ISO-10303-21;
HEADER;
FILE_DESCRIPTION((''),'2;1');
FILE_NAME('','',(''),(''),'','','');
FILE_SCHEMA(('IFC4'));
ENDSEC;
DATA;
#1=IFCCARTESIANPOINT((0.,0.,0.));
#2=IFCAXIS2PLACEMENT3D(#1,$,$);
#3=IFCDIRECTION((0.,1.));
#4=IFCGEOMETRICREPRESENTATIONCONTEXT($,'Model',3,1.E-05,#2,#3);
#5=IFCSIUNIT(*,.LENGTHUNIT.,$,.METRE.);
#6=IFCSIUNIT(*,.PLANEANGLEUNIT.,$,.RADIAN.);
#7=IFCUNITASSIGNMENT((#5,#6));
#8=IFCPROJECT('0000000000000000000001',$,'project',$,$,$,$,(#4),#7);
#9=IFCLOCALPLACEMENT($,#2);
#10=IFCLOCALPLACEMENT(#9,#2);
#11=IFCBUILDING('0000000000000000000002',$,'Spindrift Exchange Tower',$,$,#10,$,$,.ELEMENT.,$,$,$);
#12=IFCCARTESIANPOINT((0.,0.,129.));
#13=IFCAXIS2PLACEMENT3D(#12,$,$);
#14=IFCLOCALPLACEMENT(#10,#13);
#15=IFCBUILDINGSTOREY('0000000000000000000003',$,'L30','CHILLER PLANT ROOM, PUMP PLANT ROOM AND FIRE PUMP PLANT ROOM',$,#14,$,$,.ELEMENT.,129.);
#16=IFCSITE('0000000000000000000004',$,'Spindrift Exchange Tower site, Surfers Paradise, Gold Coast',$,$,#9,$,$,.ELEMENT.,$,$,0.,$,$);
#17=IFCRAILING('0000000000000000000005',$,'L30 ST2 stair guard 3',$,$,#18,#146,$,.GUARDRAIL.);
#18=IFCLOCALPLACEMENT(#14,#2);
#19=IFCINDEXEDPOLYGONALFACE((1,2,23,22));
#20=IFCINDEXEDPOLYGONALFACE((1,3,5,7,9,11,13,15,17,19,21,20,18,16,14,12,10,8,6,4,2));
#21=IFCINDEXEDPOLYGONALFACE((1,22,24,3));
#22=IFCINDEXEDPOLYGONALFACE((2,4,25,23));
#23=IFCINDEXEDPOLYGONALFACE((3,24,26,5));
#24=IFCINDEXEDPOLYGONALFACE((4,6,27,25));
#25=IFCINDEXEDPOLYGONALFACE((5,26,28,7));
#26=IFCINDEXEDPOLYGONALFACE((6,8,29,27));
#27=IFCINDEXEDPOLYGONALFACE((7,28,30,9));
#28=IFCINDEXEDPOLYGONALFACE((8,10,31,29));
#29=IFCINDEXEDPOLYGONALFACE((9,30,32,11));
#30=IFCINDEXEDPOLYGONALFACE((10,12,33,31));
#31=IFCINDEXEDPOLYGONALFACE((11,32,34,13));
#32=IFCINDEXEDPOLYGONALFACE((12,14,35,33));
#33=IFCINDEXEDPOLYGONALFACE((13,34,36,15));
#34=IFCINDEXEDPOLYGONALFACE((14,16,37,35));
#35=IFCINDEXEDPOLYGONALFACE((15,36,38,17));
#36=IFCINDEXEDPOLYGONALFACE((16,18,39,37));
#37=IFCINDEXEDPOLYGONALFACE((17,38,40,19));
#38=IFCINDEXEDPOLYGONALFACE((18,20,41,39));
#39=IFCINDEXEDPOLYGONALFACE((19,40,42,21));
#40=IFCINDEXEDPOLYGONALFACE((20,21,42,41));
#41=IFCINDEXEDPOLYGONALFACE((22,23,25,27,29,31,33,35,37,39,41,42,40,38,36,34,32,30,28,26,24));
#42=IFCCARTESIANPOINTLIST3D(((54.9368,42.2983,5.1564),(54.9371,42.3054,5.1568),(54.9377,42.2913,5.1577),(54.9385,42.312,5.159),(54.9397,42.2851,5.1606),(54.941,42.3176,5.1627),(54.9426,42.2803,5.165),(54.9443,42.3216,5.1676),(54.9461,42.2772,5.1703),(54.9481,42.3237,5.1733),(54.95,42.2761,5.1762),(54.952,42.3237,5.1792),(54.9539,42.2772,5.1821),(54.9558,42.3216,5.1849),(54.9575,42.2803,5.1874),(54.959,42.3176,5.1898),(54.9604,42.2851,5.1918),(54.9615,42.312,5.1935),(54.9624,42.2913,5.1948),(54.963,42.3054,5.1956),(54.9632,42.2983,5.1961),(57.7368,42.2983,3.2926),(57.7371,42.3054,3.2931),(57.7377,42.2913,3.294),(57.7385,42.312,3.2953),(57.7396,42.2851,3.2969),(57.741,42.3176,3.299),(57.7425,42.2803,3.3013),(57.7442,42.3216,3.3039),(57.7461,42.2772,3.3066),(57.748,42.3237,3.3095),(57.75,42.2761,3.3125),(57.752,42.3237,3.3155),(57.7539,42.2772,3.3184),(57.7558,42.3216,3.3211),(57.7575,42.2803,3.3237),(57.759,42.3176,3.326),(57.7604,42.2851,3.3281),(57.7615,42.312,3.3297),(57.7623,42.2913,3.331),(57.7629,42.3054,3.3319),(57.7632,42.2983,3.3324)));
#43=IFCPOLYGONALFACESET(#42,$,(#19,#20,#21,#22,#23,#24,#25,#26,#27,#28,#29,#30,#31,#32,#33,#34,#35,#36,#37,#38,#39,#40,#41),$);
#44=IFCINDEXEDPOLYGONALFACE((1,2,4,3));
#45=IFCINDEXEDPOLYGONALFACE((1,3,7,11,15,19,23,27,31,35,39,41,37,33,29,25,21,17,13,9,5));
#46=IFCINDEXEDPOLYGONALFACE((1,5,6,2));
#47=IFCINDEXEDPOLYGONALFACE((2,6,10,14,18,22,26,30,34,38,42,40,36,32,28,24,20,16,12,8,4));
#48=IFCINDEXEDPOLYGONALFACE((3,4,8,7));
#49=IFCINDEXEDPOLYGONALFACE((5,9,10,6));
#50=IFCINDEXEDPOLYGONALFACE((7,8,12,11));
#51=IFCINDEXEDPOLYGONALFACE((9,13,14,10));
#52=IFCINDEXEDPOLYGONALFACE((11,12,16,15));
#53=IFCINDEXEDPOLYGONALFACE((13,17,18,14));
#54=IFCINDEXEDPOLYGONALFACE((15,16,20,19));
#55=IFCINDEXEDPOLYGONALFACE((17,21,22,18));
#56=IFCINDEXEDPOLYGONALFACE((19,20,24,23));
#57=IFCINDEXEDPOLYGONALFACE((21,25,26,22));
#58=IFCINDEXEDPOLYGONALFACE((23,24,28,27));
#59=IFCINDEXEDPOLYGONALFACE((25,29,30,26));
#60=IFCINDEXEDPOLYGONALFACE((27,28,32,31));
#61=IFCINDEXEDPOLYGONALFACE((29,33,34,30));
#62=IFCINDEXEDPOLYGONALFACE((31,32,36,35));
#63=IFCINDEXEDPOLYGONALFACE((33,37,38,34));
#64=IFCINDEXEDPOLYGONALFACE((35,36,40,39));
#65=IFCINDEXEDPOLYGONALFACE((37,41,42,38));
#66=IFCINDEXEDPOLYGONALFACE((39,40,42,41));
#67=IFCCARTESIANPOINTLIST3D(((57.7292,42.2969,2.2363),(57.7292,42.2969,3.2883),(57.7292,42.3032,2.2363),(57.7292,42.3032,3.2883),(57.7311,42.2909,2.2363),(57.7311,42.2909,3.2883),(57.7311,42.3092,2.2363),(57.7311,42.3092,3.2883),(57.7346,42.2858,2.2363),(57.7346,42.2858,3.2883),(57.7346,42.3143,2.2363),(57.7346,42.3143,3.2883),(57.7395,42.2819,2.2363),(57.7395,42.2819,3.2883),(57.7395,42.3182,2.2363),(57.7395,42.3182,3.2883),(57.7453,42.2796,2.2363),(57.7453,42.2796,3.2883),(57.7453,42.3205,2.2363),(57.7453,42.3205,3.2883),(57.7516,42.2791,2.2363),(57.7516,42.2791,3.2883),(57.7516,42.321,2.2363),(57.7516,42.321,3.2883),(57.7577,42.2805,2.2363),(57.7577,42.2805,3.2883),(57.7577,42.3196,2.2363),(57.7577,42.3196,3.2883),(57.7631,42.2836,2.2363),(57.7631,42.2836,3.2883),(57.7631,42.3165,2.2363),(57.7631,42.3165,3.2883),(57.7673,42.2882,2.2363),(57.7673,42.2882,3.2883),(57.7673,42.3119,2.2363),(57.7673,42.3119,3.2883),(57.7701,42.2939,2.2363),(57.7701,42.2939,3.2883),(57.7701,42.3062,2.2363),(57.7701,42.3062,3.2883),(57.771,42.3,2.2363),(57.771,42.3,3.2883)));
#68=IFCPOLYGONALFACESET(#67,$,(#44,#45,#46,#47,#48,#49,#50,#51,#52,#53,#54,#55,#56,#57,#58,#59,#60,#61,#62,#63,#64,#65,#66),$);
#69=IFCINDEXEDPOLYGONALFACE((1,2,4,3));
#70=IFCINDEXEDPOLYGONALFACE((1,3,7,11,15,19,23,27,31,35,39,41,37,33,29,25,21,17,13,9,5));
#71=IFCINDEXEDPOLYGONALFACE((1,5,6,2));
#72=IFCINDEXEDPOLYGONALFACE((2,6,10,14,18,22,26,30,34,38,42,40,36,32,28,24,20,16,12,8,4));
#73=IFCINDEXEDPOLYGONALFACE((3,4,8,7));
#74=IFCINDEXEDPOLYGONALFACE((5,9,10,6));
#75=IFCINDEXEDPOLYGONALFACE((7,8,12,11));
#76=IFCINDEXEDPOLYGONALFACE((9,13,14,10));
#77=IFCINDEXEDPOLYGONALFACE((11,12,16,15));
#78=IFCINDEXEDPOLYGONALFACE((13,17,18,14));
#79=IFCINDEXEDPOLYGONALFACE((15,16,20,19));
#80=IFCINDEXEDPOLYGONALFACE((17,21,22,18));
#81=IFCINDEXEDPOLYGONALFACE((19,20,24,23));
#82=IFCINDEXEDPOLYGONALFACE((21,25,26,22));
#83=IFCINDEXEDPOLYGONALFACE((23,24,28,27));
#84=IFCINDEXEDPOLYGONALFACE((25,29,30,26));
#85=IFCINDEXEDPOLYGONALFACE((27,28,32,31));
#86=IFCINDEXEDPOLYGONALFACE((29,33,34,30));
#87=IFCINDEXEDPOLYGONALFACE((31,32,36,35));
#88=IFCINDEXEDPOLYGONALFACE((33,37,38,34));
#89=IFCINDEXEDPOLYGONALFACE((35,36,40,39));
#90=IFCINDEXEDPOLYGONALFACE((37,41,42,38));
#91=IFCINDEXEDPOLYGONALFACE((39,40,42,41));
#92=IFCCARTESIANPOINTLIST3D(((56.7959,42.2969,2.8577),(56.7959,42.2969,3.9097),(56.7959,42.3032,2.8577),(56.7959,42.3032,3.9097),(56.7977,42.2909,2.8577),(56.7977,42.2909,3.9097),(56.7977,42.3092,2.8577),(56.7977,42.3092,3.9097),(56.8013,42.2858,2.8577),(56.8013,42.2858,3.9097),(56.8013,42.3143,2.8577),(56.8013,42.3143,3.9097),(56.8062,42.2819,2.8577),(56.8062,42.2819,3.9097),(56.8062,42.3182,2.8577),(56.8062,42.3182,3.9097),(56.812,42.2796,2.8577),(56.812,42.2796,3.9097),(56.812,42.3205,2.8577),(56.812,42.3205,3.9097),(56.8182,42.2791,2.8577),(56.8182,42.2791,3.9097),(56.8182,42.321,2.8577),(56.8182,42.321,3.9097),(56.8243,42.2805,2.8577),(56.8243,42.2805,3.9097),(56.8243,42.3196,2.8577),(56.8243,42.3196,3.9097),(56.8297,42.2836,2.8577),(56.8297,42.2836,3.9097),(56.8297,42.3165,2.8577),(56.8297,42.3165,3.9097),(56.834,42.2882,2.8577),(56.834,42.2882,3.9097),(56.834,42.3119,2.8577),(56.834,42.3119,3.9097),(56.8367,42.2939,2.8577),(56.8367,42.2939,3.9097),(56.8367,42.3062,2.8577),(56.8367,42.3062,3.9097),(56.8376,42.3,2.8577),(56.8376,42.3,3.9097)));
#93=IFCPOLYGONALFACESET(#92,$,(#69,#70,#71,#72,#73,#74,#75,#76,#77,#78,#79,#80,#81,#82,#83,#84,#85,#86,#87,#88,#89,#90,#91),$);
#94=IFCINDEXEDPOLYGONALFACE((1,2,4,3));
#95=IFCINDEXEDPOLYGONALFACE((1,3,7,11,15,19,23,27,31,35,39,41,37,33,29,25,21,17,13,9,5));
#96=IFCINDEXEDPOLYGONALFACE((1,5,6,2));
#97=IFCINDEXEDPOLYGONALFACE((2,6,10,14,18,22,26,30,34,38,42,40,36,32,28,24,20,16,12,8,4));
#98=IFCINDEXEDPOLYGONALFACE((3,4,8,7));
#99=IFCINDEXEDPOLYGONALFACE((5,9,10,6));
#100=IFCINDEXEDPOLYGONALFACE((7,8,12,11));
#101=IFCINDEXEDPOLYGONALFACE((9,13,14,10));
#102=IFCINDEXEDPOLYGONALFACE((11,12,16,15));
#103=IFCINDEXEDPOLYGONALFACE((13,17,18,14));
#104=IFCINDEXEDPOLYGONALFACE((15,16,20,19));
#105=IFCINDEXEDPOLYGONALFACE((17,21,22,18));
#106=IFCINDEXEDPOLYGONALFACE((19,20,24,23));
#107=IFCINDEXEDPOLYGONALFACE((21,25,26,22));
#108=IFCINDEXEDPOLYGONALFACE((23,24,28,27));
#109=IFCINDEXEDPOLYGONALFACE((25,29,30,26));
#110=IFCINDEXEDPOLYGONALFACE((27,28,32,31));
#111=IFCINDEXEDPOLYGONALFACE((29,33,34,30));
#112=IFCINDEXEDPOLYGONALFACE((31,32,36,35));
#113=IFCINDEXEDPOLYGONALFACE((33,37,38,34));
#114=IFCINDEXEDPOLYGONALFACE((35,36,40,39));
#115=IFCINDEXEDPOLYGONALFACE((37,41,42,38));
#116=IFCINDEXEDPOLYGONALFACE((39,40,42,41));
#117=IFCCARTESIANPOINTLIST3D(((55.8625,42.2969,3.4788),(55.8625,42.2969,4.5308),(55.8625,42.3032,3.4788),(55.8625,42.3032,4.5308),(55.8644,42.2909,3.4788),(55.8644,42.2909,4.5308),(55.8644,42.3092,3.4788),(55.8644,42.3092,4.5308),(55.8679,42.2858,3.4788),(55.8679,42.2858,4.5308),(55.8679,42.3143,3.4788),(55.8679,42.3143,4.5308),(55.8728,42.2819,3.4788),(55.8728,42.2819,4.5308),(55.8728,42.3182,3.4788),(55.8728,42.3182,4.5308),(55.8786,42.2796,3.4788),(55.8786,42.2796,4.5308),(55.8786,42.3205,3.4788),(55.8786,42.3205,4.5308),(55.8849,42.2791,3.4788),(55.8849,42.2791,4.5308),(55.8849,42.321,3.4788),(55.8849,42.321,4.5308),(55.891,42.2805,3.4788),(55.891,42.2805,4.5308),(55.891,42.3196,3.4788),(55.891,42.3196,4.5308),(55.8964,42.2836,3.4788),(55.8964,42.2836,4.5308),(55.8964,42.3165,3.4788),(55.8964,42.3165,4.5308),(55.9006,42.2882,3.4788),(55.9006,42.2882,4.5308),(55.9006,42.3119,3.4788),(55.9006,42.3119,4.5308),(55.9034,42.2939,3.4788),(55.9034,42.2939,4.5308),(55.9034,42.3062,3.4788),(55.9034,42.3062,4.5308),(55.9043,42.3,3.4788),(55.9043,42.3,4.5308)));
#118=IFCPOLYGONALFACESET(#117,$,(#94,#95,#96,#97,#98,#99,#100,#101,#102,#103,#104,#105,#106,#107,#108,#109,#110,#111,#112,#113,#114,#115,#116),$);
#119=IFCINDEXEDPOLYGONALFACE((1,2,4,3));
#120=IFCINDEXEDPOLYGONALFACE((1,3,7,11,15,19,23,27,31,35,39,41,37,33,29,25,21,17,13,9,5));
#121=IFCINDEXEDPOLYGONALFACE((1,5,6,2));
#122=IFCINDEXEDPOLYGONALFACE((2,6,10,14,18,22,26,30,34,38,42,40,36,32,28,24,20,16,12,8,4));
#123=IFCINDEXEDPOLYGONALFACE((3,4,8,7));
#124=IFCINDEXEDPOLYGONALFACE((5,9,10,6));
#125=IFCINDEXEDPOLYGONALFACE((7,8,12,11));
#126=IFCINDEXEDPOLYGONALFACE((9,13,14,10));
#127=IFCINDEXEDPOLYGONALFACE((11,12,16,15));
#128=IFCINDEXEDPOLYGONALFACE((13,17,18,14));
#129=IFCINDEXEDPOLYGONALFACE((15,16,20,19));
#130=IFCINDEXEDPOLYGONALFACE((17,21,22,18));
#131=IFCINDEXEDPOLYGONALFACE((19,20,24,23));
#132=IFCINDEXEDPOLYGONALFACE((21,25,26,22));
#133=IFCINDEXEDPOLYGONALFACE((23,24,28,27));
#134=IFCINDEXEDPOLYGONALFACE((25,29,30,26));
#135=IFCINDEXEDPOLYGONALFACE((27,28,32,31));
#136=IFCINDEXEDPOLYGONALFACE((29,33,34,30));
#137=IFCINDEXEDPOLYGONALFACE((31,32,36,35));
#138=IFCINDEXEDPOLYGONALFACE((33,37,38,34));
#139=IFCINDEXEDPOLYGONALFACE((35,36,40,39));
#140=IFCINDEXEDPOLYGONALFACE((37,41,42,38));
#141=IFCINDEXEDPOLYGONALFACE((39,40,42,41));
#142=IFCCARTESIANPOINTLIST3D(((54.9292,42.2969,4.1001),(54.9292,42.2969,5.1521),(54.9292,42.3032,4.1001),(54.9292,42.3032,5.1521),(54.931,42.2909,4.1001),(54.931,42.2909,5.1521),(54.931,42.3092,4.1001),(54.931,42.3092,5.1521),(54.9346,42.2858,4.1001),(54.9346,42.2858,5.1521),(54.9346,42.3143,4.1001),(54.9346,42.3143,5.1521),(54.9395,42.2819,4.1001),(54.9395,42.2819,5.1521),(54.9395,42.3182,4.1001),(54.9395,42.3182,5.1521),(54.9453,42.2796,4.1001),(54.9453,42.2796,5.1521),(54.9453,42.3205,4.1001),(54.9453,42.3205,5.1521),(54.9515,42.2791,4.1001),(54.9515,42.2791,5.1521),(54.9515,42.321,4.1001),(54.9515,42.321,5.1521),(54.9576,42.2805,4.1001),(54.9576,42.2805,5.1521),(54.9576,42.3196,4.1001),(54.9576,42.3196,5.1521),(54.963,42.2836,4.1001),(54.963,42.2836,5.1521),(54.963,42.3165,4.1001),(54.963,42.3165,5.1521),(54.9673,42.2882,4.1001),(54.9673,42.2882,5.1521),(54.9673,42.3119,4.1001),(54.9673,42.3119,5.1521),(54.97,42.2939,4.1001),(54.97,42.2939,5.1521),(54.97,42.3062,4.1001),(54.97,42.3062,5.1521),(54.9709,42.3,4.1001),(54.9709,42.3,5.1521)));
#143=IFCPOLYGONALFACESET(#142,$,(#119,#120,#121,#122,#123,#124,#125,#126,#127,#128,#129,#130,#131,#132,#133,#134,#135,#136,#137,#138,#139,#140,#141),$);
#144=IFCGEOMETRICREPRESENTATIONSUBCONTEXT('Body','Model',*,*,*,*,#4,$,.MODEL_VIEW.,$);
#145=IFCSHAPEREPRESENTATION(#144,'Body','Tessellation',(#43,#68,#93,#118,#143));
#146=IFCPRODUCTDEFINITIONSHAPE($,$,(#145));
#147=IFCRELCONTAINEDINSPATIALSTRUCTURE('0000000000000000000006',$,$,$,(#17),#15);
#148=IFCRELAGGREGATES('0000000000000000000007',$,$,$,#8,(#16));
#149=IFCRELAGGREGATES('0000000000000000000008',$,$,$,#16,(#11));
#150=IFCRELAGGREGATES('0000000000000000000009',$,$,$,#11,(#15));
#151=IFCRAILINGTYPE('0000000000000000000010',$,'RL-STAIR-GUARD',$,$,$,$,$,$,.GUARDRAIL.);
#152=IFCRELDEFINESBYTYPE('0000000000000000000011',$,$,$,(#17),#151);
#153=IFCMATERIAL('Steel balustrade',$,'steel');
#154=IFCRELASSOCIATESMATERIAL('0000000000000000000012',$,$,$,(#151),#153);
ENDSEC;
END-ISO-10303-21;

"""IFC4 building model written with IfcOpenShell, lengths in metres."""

from ifc_helpers import new_model, si_unit, direction, frame, origin, origin_2d, place, context, subcontext, project, spatial, circle, extrude, material, type_object, element, save


model = new_model("IFC4")

# Units and contexts
model_context = context("Model", 3, precision=1e-05, world=origin(), true_north=direction((0.0, 1.0)))
body_context = subcontext(model_context, "Body", "Model", "MODEL_VIEW")
ifc_project = project(units=[si_unit("LENGTHUNIT", "METRE"), si_unit("PLANEANGLEUNIT", "RADIAN")], contexts=[model_context])

# Site, building, storey
site_placement = place(None, origin())
site = spatial("IfcSite", under=ifc_project, at=site_placement, Name="Spindrift Exchange Tower site, Surfers Paradise, Gold Coast", CompositionType="ELEMENT", RefElevation=0.0)
building_placement = place(site_placement, origin())
building = spatial("IfcBuilding", under=site, at=building_placement, Name="Spindrift Exchange Tower", CompositionType="ELEMENT")
storey_placement = place(building_placement, frame((0.0, 0.0, 129.0)))
storey = spatial("IfcBuildingStorey", under=building, at=storey_placement, Name="L30", Description="CHILLER PLANT ROOM, PUMP PLANT ROOM AND FIRE PUMP PLANT ROOM", CompositionType="ELEMENT", Elevation=129.0)

# Railing
ifc_material_1 = material(Name="Steel balustrade", Category="steel")
railing_type_1 = type_object("IfcRailingType", Name="RL-STAIR-GUARD", PredefinedType="GUARDRAIL", material=ifc_material_1)
railing_1_placement = place(storey_placement, frame((57.75, 42.3, 2.2363)))
element("IfcRailing", 1, at=railing_1_placement, inside=storey, type_object=railing_type_1, Name="L30 ST2 stair guard 3", PredefinedType="GUARDRAIL", context=body_context, shape_type="SweptSolid", body=[
    extrude(circle(Radius=0.0239, at=origin_2d()), frame((0.0, 0.0, 1.0762), z_axis=(-0.832452, 0.0, 0.554097), x_axis=(0.0, -1.0, 0.0)), (0.0, 0.0, 1.0), 3.3635),
    extrude(circle(Radius=0.021, at=origin_2d()), origin(), (0.0, 0.0, 1.0), 1.052),
    extrude(circle(Radius=0.021, at=origin_2d()), frame((-0.9333, 0.0, 0.6213)), (0.0, 0.0, 1.0), 1.052),
    extrude(circle(Radius=0.021, at=origin_2d()), frame((-1.8667, 0.0, 1.2424)), (0.0, 0.0, 1.0), 1.052),
    extrude(circle(Radius=0.021, at=origin_2d()), frame((-2.8, 0.0, 1.8638)), (0.0, 0.0, 1.0), 1.052),
])

save(model, "model.ifc")
